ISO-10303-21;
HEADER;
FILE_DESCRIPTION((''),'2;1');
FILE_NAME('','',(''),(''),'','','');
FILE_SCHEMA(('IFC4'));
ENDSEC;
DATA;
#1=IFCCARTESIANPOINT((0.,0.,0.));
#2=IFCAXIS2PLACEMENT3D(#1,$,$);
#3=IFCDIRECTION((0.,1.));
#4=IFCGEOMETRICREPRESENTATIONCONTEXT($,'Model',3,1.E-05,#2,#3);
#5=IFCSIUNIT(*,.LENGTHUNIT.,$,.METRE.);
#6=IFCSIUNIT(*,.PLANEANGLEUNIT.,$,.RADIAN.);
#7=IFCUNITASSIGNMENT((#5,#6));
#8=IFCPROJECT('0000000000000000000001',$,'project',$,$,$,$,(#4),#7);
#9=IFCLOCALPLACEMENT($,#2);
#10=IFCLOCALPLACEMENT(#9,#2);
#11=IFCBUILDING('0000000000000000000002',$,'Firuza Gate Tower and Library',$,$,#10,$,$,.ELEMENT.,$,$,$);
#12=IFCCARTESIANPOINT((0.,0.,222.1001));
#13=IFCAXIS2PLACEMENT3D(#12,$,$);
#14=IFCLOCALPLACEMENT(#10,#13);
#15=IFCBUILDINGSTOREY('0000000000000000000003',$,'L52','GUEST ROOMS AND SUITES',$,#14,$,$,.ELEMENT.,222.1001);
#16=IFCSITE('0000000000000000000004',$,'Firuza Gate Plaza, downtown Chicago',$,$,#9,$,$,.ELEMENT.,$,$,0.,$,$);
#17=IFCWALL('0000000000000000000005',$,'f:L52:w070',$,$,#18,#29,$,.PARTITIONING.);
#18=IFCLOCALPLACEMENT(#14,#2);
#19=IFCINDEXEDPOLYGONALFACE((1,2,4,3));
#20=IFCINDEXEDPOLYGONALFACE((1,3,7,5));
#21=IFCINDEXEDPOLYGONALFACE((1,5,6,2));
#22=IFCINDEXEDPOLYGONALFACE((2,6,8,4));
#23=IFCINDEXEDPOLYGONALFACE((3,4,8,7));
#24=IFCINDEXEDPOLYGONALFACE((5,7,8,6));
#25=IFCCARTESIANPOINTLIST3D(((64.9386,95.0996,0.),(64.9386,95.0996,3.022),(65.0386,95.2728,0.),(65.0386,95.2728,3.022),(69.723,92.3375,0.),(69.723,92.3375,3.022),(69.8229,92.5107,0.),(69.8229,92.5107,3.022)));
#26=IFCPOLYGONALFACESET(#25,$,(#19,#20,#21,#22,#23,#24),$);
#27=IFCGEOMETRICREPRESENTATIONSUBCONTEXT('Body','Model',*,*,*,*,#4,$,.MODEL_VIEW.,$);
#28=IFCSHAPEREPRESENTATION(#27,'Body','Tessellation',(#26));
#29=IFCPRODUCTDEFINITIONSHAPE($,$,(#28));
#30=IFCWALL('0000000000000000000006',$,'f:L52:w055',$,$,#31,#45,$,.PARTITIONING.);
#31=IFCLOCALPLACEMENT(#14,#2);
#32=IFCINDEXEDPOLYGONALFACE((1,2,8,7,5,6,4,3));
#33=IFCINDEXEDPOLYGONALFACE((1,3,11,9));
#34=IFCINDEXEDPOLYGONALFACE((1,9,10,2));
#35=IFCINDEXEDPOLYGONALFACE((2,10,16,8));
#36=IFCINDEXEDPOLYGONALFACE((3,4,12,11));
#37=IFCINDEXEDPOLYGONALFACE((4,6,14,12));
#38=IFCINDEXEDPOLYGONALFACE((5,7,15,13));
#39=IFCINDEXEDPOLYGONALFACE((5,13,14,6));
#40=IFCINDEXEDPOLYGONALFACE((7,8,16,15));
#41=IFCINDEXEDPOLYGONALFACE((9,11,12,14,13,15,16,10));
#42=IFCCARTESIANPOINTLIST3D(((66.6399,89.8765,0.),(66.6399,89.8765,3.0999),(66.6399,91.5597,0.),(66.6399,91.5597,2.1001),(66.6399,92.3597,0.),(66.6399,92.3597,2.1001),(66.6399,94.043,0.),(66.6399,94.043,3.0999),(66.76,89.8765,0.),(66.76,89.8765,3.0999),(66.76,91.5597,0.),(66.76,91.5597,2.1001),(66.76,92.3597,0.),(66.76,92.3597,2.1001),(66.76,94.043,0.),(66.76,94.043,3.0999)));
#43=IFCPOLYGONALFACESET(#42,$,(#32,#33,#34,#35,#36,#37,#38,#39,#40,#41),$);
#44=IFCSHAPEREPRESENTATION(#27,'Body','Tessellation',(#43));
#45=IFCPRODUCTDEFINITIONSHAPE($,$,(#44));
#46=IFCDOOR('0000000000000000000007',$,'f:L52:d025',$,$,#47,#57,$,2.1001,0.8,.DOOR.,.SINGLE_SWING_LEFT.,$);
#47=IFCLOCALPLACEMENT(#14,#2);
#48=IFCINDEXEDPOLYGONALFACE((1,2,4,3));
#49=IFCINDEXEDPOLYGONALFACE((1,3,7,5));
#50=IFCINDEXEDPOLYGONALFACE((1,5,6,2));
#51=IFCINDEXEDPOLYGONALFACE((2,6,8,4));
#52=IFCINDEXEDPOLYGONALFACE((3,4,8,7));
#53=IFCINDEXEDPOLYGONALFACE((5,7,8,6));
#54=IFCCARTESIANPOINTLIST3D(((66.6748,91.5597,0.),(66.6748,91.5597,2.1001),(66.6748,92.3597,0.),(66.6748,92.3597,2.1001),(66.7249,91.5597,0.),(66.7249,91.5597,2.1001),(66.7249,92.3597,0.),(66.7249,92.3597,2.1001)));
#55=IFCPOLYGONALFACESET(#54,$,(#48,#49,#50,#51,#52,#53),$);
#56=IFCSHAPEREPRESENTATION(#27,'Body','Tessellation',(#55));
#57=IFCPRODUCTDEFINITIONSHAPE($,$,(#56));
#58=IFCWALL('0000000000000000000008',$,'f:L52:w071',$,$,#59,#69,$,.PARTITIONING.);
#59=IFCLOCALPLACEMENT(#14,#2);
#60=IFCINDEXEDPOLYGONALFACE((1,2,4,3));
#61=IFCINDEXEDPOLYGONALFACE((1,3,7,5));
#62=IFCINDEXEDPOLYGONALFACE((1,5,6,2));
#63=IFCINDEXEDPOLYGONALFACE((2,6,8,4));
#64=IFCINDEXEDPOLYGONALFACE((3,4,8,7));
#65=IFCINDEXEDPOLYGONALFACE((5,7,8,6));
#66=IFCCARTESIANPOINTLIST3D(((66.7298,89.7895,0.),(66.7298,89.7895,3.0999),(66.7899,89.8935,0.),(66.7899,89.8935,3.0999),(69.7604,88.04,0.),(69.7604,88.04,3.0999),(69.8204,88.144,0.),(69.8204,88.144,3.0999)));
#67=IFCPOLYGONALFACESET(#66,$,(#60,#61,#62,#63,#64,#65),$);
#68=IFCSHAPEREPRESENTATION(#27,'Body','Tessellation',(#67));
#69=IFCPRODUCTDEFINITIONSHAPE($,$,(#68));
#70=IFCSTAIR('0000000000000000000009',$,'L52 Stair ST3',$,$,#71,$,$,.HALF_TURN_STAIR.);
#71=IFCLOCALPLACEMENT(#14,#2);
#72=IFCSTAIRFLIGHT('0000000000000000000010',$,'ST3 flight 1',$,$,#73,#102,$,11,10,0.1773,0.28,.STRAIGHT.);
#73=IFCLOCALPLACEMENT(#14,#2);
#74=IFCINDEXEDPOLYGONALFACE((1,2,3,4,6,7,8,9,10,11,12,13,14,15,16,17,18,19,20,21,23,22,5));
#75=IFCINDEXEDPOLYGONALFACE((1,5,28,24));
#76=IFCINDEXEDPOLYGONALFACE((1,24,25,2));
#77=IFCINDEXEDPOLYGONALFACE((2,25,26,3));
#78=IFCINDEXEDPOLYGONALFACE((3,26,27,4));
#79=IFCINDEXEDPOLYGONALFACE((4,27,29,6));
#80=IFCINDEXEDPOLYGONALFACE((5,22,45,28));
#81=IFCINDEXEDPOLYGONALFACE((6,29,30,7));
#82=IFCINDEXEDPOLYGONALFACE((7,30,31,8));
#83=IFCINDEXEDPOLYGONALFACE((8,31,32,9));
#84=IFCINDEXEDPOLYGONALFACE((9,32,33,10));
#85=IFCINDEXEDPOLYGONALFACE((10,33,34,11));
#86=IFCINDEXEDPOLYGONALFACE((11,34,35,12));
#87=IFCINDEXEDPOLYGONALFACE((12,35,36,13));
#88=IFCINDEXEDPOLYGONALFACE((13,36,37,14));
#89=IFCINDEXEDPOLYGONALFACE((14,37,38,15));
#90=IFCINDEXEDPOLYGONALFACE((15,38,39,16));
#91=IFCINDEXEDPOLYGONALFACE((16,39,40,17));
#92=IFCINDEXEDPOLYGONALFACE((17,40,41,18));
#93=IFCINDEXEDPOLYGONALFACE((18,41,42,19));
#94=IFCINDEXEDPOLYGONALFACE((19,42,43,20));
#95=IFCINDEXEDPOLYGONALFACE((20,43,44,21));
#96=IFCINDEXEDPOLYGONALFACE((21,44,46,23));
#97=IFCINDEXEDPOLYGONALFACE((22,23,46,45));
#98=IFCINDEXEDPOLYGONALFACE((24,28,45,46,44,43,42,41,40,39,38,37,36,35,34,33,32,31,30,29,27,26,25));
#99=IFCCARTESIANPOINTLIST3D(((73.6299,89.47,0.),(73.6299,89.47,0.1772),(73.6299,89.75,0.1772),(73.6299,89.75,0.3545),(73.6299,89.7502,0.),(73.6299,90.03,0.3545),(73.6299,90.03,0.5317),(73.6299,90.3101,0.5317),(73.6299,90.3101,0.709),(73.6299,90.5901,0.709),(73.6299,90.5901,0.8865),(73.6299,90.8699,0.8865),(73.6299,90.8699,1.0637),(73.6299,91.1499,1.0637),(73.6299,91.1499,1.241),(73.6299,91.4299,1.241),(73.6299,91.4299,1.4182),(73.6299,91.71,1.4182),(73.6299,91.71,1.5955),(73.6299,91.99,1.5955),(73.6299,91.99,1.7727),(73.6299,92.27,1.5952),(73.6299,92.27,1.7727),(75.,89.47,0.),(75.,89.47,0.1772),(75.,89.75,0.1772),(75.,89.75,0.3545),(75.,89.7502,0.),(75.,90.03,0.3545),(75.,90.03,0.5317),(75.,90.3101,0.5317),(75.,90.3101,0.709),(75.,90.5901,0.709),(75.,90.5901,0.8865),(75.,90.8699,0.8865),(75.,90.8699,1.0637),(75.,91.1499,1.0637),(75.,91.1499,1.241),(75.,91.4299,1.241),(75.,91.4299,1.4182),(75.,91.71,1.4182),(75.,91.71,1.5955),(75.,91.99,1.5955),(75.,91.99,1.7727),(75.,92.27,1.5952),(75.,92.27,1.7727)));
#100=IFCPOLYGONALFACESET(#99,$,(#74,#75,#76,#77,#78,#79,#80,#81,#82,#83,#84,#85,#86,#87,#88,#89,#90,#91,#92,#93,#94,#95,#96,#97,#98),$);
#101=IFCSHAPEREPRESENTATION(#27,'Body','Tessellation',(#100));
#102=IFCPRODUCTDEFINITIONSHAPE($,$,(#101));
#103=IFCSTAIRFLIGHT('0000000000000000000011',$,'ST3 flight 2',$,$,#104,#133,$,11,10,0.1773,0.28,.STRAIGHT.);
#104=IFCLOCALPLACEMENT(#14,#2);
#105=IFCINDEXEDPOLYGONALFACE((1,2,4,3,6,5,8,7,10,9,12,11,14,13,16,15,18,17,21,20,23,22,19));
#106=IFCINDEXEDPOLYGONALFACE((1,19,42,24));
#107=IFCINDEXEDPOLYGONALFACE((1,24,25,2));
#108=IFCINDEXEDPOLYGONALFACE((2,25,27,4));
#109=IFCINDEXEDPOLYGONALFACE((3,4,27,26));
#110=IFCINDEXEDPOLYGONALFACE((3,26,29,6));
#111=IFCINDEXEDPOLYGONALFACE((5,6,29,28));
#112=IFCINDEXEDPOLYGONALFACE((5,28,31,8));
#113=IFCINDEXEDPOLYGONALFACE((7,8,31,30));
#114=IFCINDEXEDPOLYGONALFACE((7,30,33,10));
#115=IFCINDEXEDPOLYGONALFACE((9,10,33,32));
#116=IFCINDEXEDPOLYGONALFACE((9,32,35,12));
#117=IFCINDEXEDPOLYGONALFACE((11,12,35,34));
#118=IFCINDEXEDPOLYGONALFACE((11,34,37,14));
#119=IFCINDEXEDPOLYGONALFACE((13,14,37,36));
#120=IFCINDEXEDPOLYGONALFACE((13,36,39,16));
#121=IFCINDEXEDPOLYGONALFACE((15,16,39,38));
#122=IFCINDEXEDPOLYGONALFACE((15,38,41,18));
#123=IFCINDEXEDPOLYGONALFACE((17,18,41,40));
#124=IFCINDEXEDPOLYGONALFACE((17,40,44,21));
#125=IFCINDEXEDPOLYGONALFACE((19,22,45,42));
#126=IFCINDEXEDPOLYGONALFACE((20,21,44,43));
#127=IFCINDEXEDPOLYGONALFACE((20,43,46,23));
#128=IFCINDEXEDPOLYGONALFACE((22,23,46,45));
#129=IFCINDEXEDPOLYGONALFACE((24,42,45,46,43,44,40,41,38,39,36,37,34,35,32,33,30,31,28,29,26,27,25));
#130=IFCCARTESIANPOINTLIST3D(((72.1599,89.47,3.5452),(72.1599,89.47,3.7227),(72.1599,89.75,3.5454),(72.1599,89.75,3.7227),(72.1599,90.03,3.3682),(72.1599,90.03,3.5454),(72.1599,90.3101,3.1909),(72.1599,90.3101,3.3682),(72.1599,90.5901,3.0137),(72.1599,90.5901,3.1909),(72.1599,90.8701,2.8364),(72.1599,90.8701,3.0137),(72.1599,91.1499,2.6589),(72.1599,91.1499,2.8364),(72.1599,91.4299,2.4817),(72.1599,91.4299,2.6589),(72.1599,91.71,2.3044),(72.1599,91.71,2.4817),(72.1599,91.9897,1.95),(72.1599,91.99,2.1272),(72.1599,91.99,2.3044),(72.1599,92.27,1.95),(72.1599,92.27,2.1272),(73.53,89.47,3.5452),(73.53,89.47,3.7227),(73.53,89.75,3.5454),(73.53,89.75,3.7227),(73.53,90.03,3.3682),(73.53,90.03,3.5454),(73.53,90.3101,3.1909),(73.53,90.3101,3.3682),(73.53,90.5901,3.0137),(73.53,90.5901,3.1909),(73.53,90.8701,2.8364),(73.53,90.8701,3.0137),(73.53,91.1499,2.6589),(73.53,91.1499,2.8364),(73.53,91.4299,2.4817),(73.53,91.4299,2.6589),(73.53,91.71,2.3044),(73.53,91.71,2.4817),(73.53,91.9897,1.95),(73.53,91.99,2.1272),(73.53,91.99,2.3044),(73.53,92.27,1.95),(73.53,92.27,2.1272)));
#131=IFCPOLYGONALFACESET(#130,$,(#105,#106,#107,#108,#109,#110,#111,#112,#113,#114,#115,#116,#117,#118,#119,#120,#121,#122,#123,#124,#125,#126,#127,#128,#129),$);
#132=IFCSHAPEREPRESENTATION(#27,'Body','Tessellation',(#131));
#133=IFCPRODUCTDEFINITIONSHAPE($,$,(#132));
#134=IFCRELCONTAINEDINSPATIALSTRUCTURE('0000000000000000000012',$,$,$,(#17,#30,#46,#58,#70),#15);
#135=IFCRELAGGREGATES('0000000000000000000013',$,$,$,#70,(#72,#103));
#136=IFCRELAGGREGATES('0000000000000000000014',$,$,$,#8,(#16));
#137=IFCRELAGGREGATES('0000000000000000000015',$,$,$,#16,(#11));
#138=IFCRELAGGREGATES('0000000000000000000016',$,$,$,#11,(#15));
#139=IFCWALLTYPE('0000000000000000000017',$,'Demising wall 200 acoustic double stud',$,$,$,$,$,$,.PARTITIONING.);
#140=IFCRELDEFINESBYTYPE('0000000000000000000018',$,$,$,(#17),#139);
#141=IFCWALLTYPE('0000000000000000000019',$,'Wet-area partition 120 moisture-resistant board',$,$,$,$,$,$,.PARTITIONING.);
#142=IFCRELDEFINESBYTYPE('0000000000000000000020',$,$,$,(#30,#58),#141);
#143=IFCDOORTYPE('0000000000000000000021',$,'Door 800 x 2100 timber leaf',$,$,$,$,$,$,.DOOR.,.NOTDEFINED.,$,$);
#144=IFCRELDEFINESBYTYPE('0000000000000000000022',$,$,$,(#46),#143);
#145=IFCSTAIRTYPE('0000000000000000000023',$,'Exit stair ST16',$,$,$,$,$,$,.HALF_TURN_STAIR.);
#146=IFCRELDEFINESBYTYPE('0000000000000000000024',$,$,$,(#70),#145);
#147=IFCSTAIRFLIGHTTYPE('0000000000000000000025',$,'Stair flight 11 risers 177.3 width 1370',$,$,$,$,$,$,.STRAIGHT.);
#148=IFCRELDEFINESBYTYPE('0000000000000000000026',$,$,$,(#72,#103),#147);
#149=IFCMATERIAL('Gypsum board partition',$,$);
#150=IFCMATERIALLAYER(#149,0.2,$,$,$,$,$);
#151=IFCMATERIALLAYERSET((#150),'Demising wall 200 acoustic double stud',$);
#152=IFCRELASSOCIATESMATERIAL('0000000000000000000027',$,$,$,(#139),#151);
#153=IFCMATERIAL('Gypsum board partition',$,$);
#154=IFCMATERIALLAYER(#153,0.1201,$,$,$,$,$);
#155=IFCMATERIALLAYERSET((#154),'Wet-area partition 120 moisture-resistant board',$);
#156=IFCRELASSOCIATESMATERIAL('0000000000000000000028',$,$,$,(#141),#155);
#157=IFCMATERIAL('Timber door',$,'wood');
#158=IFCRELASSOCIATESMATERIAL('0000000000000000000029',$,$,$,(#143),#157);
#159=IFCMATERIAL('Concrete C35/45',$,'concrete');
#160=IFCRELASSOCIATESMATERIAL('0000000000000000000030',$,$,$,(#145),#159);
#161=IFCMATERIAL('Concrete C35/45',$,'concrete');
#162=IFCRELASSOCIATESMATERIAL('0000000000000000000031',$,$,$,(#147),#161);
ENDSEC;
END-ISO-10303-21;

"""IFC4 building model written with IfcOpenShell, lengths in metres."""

from ifc_helpers import new_model, si_unit, direction, frame, frame_2d, origin, place, context, subcontext, project, spatial, polyline, rectangle, outline, extrude, material, layer, layer_set, type_object, element, fill, aggregate, save


model = new_model("IFC4")

# Units and contexts
model_context = context("Model", 3, precision=1e-05, world=origin(), true_north=direction((0.0, 1.0)))
body_context = subcontext(model_context, "Body", "Model", "MODEL_VIEW")
ifc_project = project(units=[si_unit("LENGTHUNIT", "METRE"), si_unit("PLANEANGLEUNIT", "RADIAN")], contexts=[model_context])

# Site, building, storey
site_placement = place(None, origin())
site = spatial("IfcSite", under=ifc_project, at=site_placement, Name="Firuza Gate Plaza, downtown Chicago", CompositionType="ELEMENT", RefElevation=0.0)
building_placement = place(site_placement, origin())
building = spatial("IfcBuilding", under=site, at=building_placement, Name="Firuza Gate Tower and Library", CompositionType="ELEMENT")
storey_placement = place(building_placement, frame((0.0, 0.0, 222.1001)))
storey = spatial("IfcBuildingStorey", under=building, at=storey_placement, Name="L52", Description="GUEST ROOMS AND SUITES", CompositionType="ELEMENT", Elevation=222.1001)

# Shared definitions
placement = place(storey_placement, origin())

# Wall
ifc_material_1 = material(Name="Gypsum board partition")
ifc_layer_1 = layer(ifc_material_1, 0.2)
ifc_layer_set_1 = layer_set([ifc_layer_1], Name="Demising wall 200 acoustic double stud")
wall_type_1 = type_object("IfcWallType", Name="Demising wall 200 acoustic double stud", PredefinedType="PARTITIONING", material=ifc_layer_set_1)
wall_1_placement = place(storey_placement, frame((69.7729, 92.4241, 0.0), z_axis=(0.0, 0.0, 1.0), x_axis=(-0.866032, 0.499989, 0.0)))
element("IfcWall", 1, at=wall_1_placement, inside=storey, type_object=wall_type_1, Name="f:L52:w070", PredefinedType="PARTITIONING", context=body_context, shape_type="SweptSolid", body=[
    extrude(rectangle(XDim=5.5244, YDim=0.2, at=frame_2d((2.7622, 0.0))), origin(), (0.0, 0.0, 1.0), 3.022),
])

# Wall, opening, door
ifc_material_2 = material(Name="Gypsum board partition")
ifc_layer_2 = layer(ifc_material_2, 0.1201)
ifc_layer_set_2 = layer_set([ifc_layer_2], Name="Wet-area partition 120 moisture-resistant board")
wall_type_2 = type_object("IfcWallType", Name="Wet-area partition 120 moisture-resistant board", PredefinedType="PARTITIONING", material=ifc_layer_set_2)
wall_2_placement = place(storey_placement, frame((66.7, 94.043, 0.0), z_axis=(0.0, 0.0, 1.0), x_axis=(0.0, -1.0, 0.0)))
wall_2 = element("IfcWall", 2, at=wall_2_placement, inside=storey, type_object=wall_type_2, Name="f:L52:w055", PredefinedType="PARTITIONING", context=body_context, shape_type="SweptSolid", body=[
    extrude(rectangle(XDim=4.1665, YDim=0.1201, at=frame_2d((2.0833, 0.0))), origin(), (0.0, 0.0, 1.0), 3.0999),
])
opening_1_placement = place(wall_2_placement, frame((1.6833, 0.0, 0.0)))
opening_1 = element("IfcOpeningElement", 3, at=opening_1_placement, cuts=wall_2, PredefinedType="OPENING", context=body_context, shape_type="SweptSolid", body=[
    extrude(rectangle(XDim=0.8, YDim=2.1001, at=frame_2d((0.3999, 1.05))), frame((0.0, 0.0701, 0.0), z_axis=(0.0, -1.0, 0.0), x_axis=(1.0, 0.0, 0.0)), (0.0, 0.0, 1.0), 0.1401),
])
ifc_material_3 = material(Name="Timber door", Category="wood")
door_type_1 = type_object("IfcDoorType", Name="Door 800 x 2100 timber leaf", OperationType="NOTDEFINED", PredefinedType="DOOR", material=ifc_material_3)
door_1_placement = place(opening_1_placement, origin())
door_1 = element("IfcDoor", 4, at=door_1_placement, inside=storey, type_object=door_type_1, Name="f:L52:d025", OperationType="SINGLE_SWING_LEFT", OverallHeight=2.1001, OverallWidth=0.8, PredefinedType="DOOR", context=body_context, shape_type="SweptSolid", body=[
    extrude(rectangle(XDim=0.8, YDim=2.1001, at=frame_2d((0.3999, 1.05))), frame((0.0, 0.0249, 0.0), z_axis=(0.0, -1.0, 0.0), x_axis=(1.0, 0.0, 0.0)), (0.0, 0.0, 1.0), 0.05),
])
fill(opening_1, door_1)

# Wall
wall_3_placement = place(storey_placement, frame((69.7903, 88.092, 0.0), z_axis=(0.0, 0.0, 1.0), x_axis=(-0.866045, 0.499966, 0.0)))
element("IfcWall", 5, at=wall_3_placement, inside=storey, type_object=wall_type_2, Name="f:L52:w071", PredefinedType="PARTITIONING", context=body_context, shape_type="SweptSolid", body=[
    extrude(rectangle(XDim=3.4993, YDim=0.1201, at=frame_2d((1.7495, 0.0))), origin(), (0.0, 0.0, 1.0), 3.0999),
])

# Stair, stair flights
ifc_material_4 = material(Name="Concrete C35/45", Category="concrete")
stair_type = type_object("IfcStairType", Name="Exit stair ST16", PredefinedType="HALF_TURN_STAIR", material=ifc_material_4)
stair = element("IfcStair", 6, at=placement, inside=storey, type_object=stair_type, Name="L52 Stair ST3", PredefinedType="HALF_TURN_STAIR")
ifc_material_5 = material(Name="Concrete C35/45", Category="concrete")
stair_flight_type = type_object("IfcStairFlightType", Name="Stair flight 11 risers 177.3 width 1370", PredefinedType="STRAIGHT", material=ifc_material_5)
stair_flight_1_placement = place(storey_placement, frame((74.3149, 89.47, 0.0), z_axis=(0.0, 0.0, 1.0), x_axis=(0.0, 1.0, 0.0)))
stair_flight_1 = element("IfcStairFlight", 7, at=stair_flight_1_placement, type_object=stair_flight_type, Name="ST3 flight 1", NumberOfRisers=11, NumberOfTreads=10, PredefinedType="STRAIGHT", RiserHeight=0.1773, TreadLength=0.28, context=body_context, shape_type="SweptSolid", body=[
    extrude(outline(polyline([(0.0, 0.0), (0.0, 0.1772), (0.28, 0.1772), (0.28, 0.3545), (0.5601, 0.3545), (0.5601, 0.5317), (0.8401, 0.5317), (0.8401, 0.709), (1.1201, 0.709), (1.1201, 0.8865), (1.3999, 0.8865), (1.3999, 1.0637), (1.6799, 1.0637), (1.6799, 1.241), (1.96, 1.241), (1.96, 1.4182), (2.24, 1.4182), (2.24, 1.5955), (2.52, 1.5955), (2.52, 1.7727), (2.8, 1.7727), (2.8, 1.95), (2.8, 1.5952), (0.2803, 0.0), (0.0, 0.0)])), frame((0.0, 0.6851, 0.0), z_axis=(0.0, -1.0, 0.0), x_axis=(1.0, 0.0, 0.0)), (0.0, 0.0, 1.0), 1.3701),
])
stair_flight_2_placement = place(storey_placement, frame((72.845, 92.27, 1.95), z_axis=(0.0, 0.0, 1.0), x_axis=(0.0, -1.0, 0.0)))
stair_flight_2 = element("IfcStairFlight", 8, at=stair_flight_2_placement, type_object=stair_flight_type, Name="ST3 flight 2", NumberOfRisers=11, NumberOfTreads=10, PredefinedType="STRAIGHT", RiserHeight=0.1773, TreadLength=0.28, context=body_context, shape_type="SweptSolid", body=[
    extrude(outline(polyline([(0.0, 0.0), (0.0, 0.1772), (0.28, 0.1772), (0.28, 0.3545), (0.5601, 0.3545), (0.5601, 0.5317), (0.8401, 0.5317), (0.8401, 0.709), (1.1201, 0.709), (1.1201, 0.8865), (1.3999, 0.8865), (1.3999, 1.0637), (1.6799, 1.0637), (1.6799, 1.241), (1.96, 1.241), (1.96, 1.4182), (2.24, 1.4182), (2.24, 1.5955), (2.52, 1.5955), (2.52, 1.7727), (2.8, 1.7727), (2.8, 1.95), (2.8, 1.5952), (0.2803, 0.0), (0.0, 0.0)])), frame((0.0, 0.6851, 0.0), z_axis=(0.0, -1.0, 0.0), x_axis=(1.0, 0.0, 0.0)), (0.0, 0.0, 1.0), 1.3701),
])
aggregate(stair, [stair_flight_1, stair_flight_2])

save(model, "model.ifc")
